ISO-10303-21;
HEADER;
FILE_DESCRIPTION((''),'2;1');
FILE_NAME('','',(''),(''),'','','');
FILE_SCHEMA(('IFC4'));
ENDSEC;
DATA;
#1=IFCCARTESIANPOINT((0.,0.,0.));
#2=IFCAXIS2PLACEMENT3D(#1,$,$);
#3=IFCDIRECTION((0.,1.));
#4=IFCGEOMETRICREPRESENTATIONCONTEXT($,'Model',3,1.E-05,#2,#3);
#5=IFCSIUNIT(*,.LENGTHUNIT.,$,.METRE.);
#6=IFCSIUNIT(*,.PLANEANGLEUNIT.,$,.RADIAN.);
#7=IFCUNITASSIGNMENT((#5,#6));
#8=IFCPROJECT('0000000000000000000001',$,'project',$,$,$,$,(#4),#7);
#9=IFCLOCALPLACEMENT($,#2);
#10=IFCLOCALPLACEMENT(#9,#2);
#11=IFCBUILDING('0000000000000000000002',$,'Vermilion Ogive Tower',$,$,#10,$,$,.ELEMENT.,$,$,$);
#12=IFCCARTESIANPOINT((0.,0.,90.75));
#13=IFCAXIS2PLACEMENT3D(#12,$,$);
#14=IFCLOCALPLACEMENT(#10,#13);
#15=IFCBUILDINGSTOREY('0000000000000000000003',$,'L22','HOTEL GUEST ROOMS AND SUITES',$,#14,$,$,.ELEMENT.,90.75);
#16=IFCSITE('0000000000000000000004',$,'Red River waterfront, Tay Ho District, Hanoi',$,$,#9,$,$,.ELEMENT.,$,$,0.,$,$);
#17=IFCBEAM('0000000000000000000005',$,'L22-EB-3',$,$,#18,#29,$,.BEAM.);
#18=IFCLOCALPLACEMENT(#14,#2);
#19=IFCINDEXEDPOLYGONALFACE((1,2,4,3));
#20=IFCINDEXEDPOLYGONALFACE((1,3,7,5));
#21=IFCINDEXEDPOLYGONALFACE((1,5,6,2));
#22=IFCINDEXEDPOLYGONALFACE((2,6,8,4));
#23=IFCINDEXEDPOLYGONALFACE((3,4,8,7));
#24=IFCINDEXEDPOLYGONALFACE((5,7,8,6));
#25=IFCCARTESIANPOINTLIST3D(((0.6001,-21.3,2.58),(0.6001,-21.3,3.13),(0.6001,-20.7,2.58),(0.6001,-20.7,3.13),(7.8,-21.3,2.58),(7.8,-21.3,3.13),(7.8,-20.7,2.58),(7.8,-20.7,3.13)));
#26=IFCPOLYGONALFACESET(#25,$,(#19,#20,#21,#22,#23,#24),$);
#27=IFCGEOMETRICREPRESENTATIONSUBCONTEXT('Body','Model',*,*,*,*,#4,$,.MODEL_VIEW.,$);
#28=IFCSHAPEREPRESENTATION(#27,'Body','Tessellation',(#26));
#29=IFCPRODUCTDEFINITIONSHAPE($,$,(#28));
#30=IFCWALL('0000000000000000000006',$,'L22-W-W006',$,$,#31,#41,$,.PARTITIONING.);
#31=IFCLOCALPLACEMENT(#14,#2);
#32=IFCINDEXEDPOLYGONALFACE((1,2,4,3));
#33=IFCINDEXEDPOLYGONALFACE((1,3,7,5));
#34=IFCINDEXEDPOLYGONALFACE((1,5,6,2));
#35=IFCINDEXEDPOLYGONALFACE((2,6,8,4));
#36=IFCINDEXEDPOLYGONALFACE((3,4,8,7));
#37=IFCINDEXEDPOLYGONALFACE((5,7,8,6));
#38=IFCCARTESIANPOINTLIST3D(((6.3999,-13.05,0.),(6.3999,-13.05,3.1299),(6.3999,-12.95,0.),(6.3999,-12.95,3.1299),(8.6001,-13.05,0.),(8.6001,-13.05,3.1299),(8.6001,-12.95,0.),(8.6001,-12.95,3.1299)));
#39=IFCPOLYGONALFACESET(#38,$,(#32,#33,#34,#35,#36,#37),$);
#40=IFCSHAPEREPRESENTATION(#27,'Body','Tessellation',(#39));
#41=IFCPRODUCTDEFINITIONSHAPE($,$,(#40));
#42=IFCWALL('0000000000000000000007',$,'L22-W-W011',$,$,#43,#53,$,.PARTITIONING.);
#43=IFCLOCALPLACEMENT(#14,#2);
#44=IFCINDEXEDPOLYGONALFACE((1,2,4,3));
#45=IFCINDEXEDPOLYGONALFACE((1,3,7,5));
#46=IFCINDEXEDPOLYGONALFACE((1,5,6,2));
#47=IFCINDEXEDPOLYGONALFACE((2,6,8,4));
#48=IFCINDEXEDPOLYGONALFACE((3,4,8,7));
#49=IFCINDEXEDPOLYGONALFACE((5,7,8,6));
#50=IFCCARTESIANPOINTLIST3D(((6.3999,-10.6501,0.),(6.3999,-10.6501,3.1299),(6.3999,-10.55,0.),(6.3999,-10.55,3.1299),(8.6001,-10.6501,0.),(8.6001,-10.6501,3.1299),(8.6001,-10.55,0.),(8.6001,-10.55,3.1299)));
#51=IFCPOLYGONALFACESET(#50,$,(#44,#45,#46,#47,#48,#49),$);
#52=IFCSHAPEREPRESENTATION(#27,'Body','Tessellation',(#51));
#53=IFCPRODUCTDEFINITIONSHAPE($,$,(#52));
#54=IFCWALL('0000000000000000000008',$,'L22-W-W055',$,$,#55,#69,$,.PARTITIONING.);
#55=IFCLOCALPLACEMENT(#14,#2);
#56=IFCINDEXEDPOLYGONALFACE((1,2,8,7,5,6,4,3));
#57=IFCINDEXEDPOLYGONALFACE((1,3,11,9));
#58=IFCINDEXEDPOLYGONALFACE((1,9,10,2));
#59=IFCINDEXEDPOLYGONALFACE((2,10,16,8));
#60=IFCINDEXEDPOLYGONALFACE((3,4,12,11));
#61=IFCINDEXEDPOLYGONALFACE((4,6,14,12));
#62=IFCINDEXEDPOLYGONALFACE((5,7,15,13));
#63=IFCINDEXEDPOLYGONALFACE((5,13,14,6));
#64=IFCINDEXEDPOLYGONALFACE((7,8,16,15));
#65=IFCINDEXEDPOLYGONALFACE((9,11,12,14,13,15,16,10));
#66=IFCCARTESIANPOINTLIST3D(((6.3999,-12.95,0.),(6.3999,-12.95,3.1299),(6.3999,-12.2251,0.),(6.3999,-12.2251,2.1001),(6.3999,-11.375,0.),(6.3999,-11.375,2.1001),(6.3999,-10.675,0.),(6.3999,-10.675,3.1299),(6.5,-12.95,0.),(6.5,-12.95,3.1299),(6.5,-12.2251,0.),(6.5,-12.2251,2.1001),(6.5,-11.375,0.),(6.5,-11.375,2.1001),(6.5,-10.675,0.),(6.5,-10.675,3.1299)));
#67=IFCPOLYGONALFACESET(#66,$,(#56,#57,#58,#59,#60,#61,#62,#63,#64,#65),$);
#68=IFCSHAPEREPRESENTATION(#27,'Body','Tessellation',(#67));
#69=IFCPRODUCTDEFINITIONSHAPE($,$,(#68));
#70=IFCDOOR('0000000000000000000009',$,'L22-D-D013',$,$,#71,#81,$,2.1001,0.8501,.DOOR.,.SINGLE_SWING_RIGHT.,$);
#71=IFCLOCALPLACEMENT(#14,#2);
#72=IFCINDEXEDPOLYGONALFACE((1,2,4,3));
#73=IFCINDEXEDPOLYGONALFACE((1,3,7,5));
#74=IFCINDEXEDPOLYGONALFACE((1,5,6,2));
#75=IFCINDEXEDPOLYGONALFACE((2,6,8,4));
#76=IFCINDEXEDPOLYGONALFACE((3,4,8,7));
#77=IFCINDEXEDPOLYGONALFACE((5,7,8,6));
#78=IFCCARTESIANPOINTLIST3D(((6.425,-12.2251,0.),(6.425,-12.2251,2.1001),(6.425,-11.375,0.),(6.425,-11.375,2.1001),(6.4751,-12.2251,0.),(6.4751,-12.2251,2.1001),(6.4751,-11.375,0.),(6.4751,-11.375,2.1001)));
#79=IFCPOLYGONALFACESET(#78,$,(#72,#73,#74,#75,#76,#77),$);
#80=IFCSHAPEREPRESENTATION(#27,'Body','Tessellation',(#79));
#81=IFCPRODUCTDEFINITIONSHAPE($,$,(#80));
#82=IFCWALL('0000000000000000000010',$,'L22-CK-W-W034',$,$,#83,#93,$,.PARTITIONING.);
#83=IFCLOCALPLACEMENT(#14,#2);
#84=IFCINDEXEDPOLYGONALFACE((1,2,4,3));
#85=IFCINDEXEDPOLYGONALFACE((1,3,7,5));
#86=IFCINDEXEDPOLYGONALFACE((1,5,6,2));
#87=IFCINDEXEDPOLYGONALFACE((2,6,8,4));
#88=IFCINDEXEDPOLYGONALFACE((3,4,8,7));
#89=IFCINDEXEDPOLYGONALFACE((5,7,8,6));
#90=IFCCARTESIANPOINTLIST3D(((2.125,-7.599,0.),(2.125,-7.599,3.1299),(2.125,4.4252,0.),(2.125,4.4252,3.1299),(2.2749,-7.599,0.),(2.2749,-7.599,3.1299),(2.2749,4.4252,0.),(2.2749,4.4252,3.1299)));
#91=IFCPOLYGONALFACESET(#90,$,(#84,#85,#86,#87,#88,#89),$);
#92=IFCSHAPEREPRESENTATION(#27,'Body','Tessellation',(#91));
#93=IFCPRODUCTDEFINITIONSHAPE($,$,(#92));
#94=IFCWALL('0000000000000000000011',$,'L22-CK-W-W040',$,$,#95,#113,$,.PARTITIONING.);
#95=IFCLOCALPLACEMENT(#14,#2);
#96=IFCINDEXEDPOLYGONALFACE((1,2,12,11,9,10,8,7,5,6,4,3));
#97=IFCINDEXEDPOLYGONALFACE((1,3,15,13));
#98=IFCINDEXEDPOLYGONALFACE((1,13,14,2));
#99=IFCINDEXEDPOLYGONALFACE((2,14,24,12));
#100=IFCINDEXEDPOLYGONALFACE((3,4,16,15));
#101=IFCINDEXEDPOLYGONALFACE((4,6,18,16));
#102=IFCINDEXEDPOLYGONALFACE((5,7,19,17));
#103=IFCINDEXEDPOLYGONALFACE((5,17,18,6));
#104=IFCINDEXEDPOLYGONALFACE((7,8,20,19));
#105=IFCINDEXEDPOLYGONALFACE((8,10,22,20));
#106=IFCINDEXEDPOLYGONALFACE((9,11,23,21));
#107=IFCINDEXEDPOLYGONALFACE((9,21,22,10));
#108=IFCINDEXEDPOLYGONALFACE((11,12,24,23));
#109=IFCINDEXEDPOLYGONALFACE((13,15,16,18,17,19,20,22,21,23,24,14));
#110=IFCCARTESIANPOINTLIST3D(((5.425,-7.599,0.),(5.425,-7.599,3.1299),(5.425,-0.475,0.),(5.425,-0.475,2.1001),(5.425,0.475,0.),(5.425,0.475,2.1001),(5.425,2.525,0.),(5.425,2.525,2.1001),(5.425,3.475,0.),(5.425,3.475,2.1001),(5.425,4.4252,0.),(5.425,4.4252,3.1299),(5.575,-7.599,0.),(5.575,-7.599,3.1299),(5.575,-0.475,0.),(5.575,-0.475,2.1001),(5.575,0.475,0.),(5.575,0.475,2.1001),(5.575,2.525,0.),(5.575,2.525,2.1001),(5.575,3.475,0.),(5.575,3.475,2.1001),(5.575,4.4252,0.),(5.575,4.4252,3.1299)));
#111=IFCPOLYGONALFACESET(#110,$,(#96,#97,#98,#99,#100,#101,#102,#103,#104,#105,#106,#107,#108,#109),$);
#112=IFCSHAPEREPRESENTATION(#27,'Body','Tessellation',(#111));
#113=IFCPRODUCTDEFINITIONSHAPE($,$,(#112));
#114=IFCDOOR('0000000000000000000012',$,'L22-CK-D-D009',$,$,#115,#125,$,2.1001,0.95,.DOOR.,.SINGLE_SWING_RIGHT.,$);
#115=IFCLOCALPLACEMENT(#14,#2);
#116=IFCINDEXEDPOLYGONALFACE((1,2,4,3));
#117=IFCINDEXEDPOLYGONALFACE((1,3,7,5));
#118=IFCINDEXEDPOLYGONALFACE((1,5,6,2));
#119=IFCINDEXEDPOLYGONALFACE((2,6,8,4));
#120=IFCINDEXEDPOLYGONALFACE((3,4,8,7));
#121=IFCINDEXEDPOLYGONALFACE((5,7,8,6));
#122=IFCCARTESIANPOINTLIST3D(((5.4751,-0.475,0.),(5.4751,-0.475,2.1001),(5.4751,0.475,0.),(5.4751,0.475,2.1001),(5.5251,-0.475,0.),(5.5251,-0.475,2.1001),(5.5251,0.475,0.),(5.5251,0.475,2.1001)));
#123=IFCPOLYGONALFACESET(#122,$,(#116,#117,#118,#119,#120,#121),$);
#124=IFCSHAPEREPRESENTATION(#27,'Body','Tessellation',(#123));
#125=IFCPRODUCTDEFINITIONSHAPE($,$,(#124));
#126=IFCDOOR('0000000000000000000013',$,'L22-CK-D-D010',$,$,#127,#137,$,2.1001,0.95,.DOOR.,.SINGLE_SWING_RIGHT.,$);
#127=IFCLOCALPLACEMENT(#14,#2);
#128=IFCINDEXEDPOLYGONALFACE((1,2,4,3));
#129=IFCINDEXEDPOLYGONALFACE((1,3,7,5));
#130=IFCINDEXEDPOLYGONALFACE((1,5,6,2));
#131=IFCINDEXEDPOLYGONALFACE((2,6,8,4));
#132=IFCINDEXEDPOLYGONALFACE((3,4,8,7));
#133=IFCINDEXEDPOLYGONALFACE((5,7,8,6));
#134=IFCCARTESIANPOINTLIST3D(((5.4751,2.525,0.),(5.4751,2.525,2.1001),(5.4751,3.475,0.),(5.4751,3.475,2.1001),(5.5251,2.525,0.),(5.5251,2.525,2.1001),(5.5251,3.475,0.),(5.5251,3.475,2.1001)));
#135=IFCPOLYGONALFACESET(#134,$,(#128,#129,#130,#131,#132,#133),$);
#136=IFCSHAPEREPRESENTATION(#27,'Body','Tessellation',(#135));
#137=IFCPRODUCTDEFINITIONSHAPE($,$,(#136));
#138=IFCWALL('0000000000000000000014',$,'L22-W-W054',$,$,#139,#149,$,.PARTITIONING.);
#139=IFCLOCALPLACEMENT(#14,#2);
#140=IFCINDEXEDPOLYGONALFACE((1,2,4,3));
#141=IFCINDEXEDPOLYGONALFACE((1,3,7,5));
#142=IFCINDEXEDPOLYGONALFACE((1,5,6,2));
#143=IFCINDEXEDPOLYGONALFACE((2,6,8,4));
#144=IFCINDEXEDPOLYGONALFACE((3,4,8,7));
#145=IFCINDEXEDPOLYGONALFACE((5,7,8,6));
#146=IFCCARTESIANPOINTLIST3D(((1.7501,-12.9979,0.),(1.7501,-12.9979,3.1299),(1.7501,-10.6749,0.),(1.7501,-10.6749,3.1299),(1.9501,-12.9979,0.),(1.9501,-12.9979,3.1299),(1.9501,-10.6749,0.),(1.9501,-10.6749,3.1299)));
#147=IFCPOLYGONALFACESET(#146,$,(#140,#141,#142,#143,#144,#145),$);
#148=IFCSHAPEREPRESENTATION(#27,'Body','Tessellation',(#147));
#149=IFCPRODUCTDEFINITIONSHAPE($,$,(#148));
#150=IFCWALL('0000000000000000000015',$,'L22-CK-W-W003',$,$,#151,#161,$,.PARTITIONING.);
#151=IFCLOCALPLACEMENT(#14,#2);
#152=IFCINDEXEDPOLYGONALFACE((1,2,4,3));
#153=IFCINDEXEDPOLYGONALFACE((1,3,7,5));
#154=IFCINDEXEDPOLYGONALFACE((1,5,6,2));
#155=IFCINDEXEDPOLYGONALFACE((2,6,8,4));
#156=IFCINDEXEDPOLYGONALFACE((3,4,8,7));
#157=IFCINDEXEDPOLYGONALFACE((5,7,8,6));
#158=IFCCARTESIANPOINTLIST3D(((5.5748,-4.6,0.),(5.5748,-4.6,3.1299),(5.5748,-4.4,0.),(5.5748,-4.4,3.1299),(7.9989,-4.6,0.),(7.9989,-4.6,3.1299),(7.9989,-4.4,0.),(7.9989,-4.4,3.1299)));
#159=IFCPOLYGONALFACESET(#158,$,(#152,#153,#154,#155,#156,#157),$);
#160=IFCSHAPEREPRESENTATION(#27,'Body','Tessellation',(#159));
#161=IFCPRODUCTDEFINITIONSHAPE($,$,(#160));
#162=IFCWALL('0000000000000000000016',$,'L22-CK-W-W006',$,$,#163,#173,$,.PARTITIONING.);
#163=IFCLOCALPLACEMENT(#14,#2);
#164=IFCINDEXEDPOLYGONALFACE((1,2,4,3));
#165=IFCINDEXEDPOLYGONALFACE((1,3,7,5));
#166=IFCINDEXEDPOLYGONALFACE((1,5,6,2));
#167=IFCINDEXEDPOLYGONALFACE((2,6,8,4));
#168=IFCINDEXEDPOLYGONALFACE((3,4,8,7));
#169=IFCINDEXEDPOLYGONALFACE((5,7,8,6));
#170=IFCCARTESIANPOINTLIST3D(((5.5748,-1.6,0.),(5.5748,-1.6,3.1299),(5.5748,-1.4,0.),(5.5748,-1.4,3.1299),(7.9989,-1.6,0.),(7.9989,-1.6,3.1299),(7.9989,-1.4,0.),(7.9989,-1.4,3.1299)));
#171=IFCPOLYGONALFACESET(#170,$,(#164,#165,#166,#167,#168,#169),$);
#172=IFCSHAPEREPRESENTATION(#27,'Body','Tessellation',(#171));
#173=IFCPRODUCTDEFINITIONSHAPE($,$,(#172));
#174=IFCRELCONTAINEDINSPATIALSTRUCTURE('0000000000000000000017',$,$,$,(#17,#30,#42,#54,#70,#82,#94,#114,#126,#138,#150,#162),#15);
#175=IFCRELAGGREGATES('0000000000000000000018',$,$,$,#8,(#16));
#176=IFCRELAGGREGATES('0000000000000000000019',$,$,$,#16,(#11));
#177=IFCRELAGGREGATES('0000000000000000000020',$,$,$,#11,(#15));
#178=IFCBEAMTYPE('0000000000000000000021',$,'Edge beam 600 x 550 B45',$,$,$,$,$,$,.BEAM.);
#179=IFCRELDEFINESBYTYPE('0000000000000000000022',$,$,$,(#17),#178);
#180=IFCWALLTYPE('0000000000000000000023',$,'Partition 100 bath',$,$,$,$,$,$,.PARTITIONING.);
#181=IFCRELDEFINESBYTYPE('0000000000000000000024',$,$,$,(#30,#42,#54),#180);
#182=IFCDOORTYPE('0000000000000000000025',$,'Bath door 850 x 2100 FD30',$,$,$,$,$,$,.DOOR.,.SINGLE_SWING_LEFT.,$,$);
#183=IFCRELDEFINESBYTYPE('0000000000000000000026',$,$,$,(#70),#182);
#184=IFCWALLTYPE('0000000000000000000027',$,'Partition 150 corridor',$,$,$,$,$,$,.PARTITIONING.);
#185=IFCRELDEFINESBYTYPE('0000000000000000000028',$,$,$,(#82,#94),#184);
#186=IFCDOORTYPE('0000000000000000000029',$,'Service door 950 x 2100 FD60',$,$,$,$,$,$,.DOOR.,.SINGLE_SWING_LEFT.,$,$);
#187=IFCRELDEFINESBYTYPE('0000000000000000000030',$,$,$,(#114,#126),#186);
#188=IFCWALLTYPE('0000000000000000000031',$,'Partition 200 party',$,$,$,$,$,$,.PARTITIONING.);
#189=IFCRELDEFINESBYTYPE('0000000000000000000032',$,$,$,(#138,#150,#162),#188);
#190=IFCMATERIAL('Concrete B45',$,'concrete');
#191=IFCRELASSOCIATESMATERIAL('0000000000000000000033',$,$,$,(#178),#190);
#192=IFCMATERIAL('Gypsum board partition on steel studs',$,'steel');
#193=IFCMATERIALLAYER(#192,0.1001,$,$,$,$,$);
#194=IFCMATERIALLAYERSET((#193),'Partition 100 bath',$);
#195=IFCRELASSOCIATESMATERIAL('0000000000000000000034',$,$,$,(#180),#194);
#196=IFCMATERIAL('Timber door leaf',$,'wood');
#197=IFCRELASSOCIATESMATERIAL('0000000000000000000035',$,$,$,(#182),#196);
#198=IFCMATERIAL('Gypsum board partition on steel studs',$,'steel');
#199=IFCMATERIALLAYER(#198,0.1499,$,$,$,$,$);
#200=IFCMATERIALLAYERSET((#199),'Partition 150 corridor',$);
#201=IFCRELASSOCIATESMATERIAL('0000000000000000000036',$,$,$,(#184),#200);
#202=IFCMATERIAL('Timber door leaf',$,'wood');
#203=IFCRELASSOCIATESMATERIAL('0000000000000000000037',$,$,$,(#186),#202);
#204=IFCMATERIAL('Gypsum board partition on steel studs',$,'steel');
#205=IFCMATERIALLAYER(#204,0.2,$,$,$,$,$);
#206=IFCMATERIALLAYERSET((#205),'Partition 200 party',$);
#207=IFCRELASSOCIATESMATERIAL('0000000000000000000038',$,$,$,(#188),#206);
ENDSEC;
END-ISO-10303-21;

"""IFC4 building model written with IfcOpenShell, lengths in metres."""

from ifc_helpers import new_model, si_unit, direction, frame, frame_2d, origin, origin_2d, place, context, subcontext, project, spatial, rectangle, extrude, material, layer, layer_set, material_profile, profile_set, type_object, element, fill, save


model = new_model("IFC4")

# Units and contexts
model_context = context("Model", 3, precision=1e-05, world=origin(), true_north=direction((0.0, 1.0)))
body_context = subcontext(model_context, "Body", "Model", "MODEL_VIEW")
ifc_project = project(units=[si_unit("LENGTHUNIT", "METRE"), si_unit("PLANEANGLEUNIT", "RADIAN")], contexts=[model_context])

# Site, building, storey
site_placement = place(None, origin())
site = spatial("IfcSite", under=ifc_project, at=site_placement, Name="Red River waterfront, Tay Ho District, Hanoi", CompositionType="ELEMENT", RefElevation=0.0)
building_placement = place(site_placement, origin())
building = spatial("IfcBuilding", under=site, at=building_placement, Name="Vermilion Ogive Tower", CompositionType="ELEMENT")
storey_placement = place(building_placement, frame((0.0, 0.0, 90.75)))
storey = spatial("IfcBuildingStorey", under=building, at=storey_placement, Name="L22", Description="HOTEL GUEST ROOMS AND SUITES", CompositionType="ELEMENT", Elevation=90.75)

# Beam
ifc_material_1 = material(Name="Concrete B45", Category="concrete")
ifc_material_profile = material_profile(ifc_material_1, rectangle(XDim=0.6001, YDim=0.55, at=origin_2d()), Name="600 x 550")
ifc_profile_set = profile_set([ifc_material_profile], Name="Concrete B45")
beam_type = type_object("IfcBeamType", Name="Edge beam 600 x 550 B45", PredefinedType="BEAM", material=ifc_profile_set)
beam_placement = place(storey_placement, frame((0.6001, -21.0, 2.855), z_axis=(1.0, 0.0, 0.0), x_axis=(0.0, 1.0, 0.0)))
element("IfcBeam", 1, at=beam_placement, inside=storey, type_object=beam_type, Name="L22-EB-3", PredefinedType="BEAM", context=body_context, shape_type="SweptSolid", body=[
    extrude(rectangle(XDim=0.6001, YDim=0.55, at=origin_2d()), origin(), (0.0, 0.0, 1.0), 7.2),
])

# Walls
ifc_material_2 = material(Name="Gypsum board partition on steel studs", Category="steel")
ifc_layer_1 = layer(ifc_material_2, 0.1001)
ifc_layer_set_1 = layer_set([ifc_layer_1], Name="Partition 100 bath")
wall_type_1 = type_object("IfcWallType", Name="Partition 100 bath", PredefinedType="PARTITIONING", material=ifc_layer_set_1)
for number, where, z_axis, x_axis, name in (
    (2, (6.3999, -13.0, 0.0), (0.0, 0.0, 1.0), (1.0, 0.0, 0.0), "L22-W-W006"),
    (3, (6.3999, -10.6001, 0.0), (0.0, 0.0, 1.0), (1.0, 0.0, 0.0), "L22-W-W011"),
):
    element("IfcWall", number, at=place(storey_placement, frame(where, z_axis=z_axis, x_axis=x_axis)), inside=storey, type_object=wall_type_1, Name=name, PredefinedType="PARTITIONING", context=body_context, shape_type="SweptSolid", body=[
        extrude(rectangle(XDim=2.2002, YDim=0.1001, at=frame_2d((1.1001, 0.0))), origin(), (0.0, 0.0, 1.0), 3.1299),
    ])

# Wall, opening, door
wall_1_placement = place(storey_placement, frame((6.45, -12.95, 0.0), z_axis=(0.0, 0.0, 1.0), x_axis=(0.0, 1.0, 0.0)))
wall_1 = element("IfcWall", 4, at=wall_1_placement, inside=storey, type_object=wall_type_1, Name="L22-W-W055", PredefinedType="PARTITIONING", context=body_context, shape_type="SweptSolid", body=[
    extrude(rectangle(XDim=2.2749, YDim=0.1001, at=frame_2d((1.1375, 0.0))), origin(), (0.0, 0.0, 1.0), 3.1299),
])
opening_1_placement = place(wall_1_placement, frame((0.7249, 0.0, 0.0)))
opening_1 = element("IfcOpeningElement", 5, at=opening_1_placement, cuts=wall_1, PredefinedType="OPENING", context=body_context, shape_type="SweptSolid", body=[
    extrude(rectangle(XDim=0.8501, YDim=2.1001, at=frame_2d((0.425, 1.05))), frame((0.0, 0.0601, 0.0), z_axis=(0.0, -1.0, 0.0), x_axis=(1.0, 0.0, 0.0)), (0.0, 0.0, 1.0), 0.1201),
])
ifc_material_3 = material(Name="Timber door leaf", Category="wood")
door_type_1 = type_object("IfcDoorType", Name="Bath door 850 x 2100 FD30", OperationType="SINGLE_SWING_LEFT", PredefinedType="DOOR", material=ifc_material_3)
door_1_placement = place(opening_1_placement, origin())
door_1 = element("IfcDoor", 6, at=door_1_placement, inside=storey, type_object=door_type_1, Name="L22-D-D013", OperationType="SINGLE_SWING_RIGHT", OverallHeight=2.1001, OverallWidth=0.8501, PredefinedType="DOOR", context=body_context, shape_type="SweptSolid", body=[
    extrude(rectangle(XDim=0.8501, YDim=2.1001, at=frame_2d((0.425, 1.05))), frame((0.0, 0.0249, 0.0), z_axis=(0.0, -1.0, 0.0), x_axis=(1.0, 0.0, 0.0)), (0.0, 0.0, 1.0), 0.05),
])
fill(opening_1, door_1)

# Wall
ifc_material_4 = material(Name="Gypsum board partition on steel studs", Category="steel")
ifc_layer_2 = layer(ifc_material_4, 0.1499)
ifc_layer_set_2 = layer_set([ifc_layer_2], Name="Partition 150 corridor")
wall_type_2 = type_object("IfcWallType", Name="Partition 150 corridor", PredefinedType="PARTITIONING", material=ifc_layer_set_2)
wall_2_placement = place(storey_placement, frame((2.2, -7.5991, 0.0), z_axis=(0.0, 0.0, 1.0), x_axis=(0.0, 1.0, 0.0)))
element("IfcWall", 7, at=wall_2_placement, inside=storey, type_object=wall_type_2, Name="L22-CK-W-W034", PredefinedType="PARTITIONING", context=body_context, shape_type="SweptSolid", body=[
    extrude(rectangle(XDim=12.0242, YDim=0.1499, at=frame_2d((6.0122, 0.0))), origin(), (0.0, 0.0, 1.0), 3.1299),
])

# Wall, openings, doors
wall_3_placement = place(storey_placement, frame((5.5, -7.5991, 0.0), z_axis=(0.0, 0.0, 1.0), x_axis=(0.0, 1.0, 0.0)))
wall_3 = element("IfcWall", 8, at=wall_3_placement, inside=storey, type_object=wall_type_2, Name="L22-CK-W-W040", PredefinedType="PARTITIONING", context=body_context, shape_type="SweptSolid", body=[
    extrude(rectangle(XDim=12.0242, YDim=0.1499, at=frame_2d((6.0122, 0.0))), origin(), (0.0, 0.0, 1.0), 3.1299),
])
opening_2_placement = place(wall_3_placement, frame((7.124, 0.0, 0.0)))
opening_2 = element("IfcOpeningElement", 9, at=opening_2_placement, cuts=wall_3, PredefinedType="OPENING", context=body_context, shape_type="SweptSolid", body=[
    extrude(rectangle(XDim=0.95, YDim=2.1001, at=frame_2d((0.4751, 1.05))), frame((0.0, 0.085, 0.0), z_axis=(0.0, -1.0, 0.0), x_axis=(1.0, 0.0, 0.0)), (0.0, 0.0, 1.0), 0.1699),
])
opening_3_placement = place(wall_3_placement, frame((10.124, 0.0, 0.0)))
opening_3 = element("IfcOpeningElement", 10, at=opening_3_placement, cuts=wall_3, PredefinedType="OPENING", context=body_context, shape_type="SweptSolid", body=[
    extrude(rectangle(XDim=0.95, YDim=2.1001, at=frame_2d((0.4751, 1.05))), frame((0.0, 0.085, 0.0), z_axis=(0.0, -1.0, 0.0), x_axis=(1.0, 0.0, 0.0)), (0.0, 0.0, 1.0), 0.1699),
])
ifc_material_5 = material(Name="Timber door leaf", Category="wood")
door_type_2 = type_object("IfcDoorType", Name="Service door 950 x 2100 FD60", OperationType="SINGLE_SWING_LEFT", PredefinedType="DOOR", material=ifc_material_5)
door_2_placement = place(opening_2_placement, origin())
door_2 = element("IfcDoor", 11, at=door_2_placement, inside=storey, type_object=door_type_2, Name="L22-CK-D-D009", OperationType="SINGLE_SWING_RIGHT", OverallHeight=2.1001, OverallWidth=0.95, PredefinedType="DOOR", context=body_context, shape_type="SweptSolid", body=[
    extrude(rectangle(XDim=0.95, YDim=2.1001, at=frame_2d((0.4751, 1.05))), frame((0.0, 0.0249, 0.0), z_axis=(0.0, -1.0, 0.0), x_axis=(1.0, 0.0, 0.0)), (0.0, 0.0, 1.0), 0.05),
])
fill(opening_2, door_2)
door_3_placement = place(opening_3_placement, origin())
door_3 = element("IfcDoor", 12, at=door_3_placement, inside=storey, type_object=door_type_2, Name="L22-CK-D-D010", OperationType="SINGLE_SWING_RIGHT", OverallHeight=2.1001, OverallWidth=0.95, PredefinedType="DOOR", context=body_context, shape_type="SweptSolid", body=[
    extrude(rectangle(XDim=0.95, YDim=2.1001, at=frame_2d((0.4751, 1.05))), frame((0.0, 0.0249, 0.0), z_axis=(0.0, -1.0, 0.0), x_axis=(1.0, 0.0, 0.0)), (0.0, 0.0, 1.0), 0.05),
])
fill(opening_3, door_3)

# Walls
ifc_material_6 = material(Name="Gypsum board partition on steel studs", Category="steel")
ifc_layer_3 = layer(ifc_material_6, 0.2)
ifc_layer_set_3 = layer_set([ifc_layer_3], Name="Partition 200 party")
wall_type_3 = type_object("IfcWallType", Name="Partition 200 party", PredefinedType="PARTITIONING", material=ifc_layer_set_3)
wall_4_placement = place(storey_placement, frame((1.8501, -12.998, 0.0), z_axis=(0.0, 0.0, 1.0), x_axis=(0.0, 1.0, 0.0)))
element("IfcWall", 13, at=wall_4_placement, inside=storey, type_object=wall_type_3, Name="L22-W-W054", PredefinedType="PARTITIONING", context=body_context, shape_type="SweptSolid", body=[
    extrude(rectangle(XDim=2.323, YDim=0.2, at=frame_2d((1.1616, 0.0))), origin(), (0.0, 0.0, 1.0), 3.1299),
])
for number, where, z_axis, x_axis, name in (
    (14, (5.575, -4.5, 0.0), (0.0, 0.0, 1.0), (1.0, 0.0, 0.0), "L22-CK-W-W003"),
    (15, (5.575, -1.5, 0.0), (0.0, 0.0, 1.0), (1.0, 0.0, 0.0), "L22-CK-W-W006"),
):
    element("IfcWall", number, at=place(storey_placement, frame(where, z_axis=z_axis, x_axis=x_axis)), inside=storey, type_object=wall_type_3, Name=name, PredefinedType="PARTITIONING", context=body_context, shape_type="SweptSolid", body=[
        extrude(rectangle(XDim=2.4241, YDim=0.2, at=frame_2d((1.2119, 0.0))), origin(), (0.0, 0.0, 1.0), 3.1299),
    ])

save(model, "model.ifc")
